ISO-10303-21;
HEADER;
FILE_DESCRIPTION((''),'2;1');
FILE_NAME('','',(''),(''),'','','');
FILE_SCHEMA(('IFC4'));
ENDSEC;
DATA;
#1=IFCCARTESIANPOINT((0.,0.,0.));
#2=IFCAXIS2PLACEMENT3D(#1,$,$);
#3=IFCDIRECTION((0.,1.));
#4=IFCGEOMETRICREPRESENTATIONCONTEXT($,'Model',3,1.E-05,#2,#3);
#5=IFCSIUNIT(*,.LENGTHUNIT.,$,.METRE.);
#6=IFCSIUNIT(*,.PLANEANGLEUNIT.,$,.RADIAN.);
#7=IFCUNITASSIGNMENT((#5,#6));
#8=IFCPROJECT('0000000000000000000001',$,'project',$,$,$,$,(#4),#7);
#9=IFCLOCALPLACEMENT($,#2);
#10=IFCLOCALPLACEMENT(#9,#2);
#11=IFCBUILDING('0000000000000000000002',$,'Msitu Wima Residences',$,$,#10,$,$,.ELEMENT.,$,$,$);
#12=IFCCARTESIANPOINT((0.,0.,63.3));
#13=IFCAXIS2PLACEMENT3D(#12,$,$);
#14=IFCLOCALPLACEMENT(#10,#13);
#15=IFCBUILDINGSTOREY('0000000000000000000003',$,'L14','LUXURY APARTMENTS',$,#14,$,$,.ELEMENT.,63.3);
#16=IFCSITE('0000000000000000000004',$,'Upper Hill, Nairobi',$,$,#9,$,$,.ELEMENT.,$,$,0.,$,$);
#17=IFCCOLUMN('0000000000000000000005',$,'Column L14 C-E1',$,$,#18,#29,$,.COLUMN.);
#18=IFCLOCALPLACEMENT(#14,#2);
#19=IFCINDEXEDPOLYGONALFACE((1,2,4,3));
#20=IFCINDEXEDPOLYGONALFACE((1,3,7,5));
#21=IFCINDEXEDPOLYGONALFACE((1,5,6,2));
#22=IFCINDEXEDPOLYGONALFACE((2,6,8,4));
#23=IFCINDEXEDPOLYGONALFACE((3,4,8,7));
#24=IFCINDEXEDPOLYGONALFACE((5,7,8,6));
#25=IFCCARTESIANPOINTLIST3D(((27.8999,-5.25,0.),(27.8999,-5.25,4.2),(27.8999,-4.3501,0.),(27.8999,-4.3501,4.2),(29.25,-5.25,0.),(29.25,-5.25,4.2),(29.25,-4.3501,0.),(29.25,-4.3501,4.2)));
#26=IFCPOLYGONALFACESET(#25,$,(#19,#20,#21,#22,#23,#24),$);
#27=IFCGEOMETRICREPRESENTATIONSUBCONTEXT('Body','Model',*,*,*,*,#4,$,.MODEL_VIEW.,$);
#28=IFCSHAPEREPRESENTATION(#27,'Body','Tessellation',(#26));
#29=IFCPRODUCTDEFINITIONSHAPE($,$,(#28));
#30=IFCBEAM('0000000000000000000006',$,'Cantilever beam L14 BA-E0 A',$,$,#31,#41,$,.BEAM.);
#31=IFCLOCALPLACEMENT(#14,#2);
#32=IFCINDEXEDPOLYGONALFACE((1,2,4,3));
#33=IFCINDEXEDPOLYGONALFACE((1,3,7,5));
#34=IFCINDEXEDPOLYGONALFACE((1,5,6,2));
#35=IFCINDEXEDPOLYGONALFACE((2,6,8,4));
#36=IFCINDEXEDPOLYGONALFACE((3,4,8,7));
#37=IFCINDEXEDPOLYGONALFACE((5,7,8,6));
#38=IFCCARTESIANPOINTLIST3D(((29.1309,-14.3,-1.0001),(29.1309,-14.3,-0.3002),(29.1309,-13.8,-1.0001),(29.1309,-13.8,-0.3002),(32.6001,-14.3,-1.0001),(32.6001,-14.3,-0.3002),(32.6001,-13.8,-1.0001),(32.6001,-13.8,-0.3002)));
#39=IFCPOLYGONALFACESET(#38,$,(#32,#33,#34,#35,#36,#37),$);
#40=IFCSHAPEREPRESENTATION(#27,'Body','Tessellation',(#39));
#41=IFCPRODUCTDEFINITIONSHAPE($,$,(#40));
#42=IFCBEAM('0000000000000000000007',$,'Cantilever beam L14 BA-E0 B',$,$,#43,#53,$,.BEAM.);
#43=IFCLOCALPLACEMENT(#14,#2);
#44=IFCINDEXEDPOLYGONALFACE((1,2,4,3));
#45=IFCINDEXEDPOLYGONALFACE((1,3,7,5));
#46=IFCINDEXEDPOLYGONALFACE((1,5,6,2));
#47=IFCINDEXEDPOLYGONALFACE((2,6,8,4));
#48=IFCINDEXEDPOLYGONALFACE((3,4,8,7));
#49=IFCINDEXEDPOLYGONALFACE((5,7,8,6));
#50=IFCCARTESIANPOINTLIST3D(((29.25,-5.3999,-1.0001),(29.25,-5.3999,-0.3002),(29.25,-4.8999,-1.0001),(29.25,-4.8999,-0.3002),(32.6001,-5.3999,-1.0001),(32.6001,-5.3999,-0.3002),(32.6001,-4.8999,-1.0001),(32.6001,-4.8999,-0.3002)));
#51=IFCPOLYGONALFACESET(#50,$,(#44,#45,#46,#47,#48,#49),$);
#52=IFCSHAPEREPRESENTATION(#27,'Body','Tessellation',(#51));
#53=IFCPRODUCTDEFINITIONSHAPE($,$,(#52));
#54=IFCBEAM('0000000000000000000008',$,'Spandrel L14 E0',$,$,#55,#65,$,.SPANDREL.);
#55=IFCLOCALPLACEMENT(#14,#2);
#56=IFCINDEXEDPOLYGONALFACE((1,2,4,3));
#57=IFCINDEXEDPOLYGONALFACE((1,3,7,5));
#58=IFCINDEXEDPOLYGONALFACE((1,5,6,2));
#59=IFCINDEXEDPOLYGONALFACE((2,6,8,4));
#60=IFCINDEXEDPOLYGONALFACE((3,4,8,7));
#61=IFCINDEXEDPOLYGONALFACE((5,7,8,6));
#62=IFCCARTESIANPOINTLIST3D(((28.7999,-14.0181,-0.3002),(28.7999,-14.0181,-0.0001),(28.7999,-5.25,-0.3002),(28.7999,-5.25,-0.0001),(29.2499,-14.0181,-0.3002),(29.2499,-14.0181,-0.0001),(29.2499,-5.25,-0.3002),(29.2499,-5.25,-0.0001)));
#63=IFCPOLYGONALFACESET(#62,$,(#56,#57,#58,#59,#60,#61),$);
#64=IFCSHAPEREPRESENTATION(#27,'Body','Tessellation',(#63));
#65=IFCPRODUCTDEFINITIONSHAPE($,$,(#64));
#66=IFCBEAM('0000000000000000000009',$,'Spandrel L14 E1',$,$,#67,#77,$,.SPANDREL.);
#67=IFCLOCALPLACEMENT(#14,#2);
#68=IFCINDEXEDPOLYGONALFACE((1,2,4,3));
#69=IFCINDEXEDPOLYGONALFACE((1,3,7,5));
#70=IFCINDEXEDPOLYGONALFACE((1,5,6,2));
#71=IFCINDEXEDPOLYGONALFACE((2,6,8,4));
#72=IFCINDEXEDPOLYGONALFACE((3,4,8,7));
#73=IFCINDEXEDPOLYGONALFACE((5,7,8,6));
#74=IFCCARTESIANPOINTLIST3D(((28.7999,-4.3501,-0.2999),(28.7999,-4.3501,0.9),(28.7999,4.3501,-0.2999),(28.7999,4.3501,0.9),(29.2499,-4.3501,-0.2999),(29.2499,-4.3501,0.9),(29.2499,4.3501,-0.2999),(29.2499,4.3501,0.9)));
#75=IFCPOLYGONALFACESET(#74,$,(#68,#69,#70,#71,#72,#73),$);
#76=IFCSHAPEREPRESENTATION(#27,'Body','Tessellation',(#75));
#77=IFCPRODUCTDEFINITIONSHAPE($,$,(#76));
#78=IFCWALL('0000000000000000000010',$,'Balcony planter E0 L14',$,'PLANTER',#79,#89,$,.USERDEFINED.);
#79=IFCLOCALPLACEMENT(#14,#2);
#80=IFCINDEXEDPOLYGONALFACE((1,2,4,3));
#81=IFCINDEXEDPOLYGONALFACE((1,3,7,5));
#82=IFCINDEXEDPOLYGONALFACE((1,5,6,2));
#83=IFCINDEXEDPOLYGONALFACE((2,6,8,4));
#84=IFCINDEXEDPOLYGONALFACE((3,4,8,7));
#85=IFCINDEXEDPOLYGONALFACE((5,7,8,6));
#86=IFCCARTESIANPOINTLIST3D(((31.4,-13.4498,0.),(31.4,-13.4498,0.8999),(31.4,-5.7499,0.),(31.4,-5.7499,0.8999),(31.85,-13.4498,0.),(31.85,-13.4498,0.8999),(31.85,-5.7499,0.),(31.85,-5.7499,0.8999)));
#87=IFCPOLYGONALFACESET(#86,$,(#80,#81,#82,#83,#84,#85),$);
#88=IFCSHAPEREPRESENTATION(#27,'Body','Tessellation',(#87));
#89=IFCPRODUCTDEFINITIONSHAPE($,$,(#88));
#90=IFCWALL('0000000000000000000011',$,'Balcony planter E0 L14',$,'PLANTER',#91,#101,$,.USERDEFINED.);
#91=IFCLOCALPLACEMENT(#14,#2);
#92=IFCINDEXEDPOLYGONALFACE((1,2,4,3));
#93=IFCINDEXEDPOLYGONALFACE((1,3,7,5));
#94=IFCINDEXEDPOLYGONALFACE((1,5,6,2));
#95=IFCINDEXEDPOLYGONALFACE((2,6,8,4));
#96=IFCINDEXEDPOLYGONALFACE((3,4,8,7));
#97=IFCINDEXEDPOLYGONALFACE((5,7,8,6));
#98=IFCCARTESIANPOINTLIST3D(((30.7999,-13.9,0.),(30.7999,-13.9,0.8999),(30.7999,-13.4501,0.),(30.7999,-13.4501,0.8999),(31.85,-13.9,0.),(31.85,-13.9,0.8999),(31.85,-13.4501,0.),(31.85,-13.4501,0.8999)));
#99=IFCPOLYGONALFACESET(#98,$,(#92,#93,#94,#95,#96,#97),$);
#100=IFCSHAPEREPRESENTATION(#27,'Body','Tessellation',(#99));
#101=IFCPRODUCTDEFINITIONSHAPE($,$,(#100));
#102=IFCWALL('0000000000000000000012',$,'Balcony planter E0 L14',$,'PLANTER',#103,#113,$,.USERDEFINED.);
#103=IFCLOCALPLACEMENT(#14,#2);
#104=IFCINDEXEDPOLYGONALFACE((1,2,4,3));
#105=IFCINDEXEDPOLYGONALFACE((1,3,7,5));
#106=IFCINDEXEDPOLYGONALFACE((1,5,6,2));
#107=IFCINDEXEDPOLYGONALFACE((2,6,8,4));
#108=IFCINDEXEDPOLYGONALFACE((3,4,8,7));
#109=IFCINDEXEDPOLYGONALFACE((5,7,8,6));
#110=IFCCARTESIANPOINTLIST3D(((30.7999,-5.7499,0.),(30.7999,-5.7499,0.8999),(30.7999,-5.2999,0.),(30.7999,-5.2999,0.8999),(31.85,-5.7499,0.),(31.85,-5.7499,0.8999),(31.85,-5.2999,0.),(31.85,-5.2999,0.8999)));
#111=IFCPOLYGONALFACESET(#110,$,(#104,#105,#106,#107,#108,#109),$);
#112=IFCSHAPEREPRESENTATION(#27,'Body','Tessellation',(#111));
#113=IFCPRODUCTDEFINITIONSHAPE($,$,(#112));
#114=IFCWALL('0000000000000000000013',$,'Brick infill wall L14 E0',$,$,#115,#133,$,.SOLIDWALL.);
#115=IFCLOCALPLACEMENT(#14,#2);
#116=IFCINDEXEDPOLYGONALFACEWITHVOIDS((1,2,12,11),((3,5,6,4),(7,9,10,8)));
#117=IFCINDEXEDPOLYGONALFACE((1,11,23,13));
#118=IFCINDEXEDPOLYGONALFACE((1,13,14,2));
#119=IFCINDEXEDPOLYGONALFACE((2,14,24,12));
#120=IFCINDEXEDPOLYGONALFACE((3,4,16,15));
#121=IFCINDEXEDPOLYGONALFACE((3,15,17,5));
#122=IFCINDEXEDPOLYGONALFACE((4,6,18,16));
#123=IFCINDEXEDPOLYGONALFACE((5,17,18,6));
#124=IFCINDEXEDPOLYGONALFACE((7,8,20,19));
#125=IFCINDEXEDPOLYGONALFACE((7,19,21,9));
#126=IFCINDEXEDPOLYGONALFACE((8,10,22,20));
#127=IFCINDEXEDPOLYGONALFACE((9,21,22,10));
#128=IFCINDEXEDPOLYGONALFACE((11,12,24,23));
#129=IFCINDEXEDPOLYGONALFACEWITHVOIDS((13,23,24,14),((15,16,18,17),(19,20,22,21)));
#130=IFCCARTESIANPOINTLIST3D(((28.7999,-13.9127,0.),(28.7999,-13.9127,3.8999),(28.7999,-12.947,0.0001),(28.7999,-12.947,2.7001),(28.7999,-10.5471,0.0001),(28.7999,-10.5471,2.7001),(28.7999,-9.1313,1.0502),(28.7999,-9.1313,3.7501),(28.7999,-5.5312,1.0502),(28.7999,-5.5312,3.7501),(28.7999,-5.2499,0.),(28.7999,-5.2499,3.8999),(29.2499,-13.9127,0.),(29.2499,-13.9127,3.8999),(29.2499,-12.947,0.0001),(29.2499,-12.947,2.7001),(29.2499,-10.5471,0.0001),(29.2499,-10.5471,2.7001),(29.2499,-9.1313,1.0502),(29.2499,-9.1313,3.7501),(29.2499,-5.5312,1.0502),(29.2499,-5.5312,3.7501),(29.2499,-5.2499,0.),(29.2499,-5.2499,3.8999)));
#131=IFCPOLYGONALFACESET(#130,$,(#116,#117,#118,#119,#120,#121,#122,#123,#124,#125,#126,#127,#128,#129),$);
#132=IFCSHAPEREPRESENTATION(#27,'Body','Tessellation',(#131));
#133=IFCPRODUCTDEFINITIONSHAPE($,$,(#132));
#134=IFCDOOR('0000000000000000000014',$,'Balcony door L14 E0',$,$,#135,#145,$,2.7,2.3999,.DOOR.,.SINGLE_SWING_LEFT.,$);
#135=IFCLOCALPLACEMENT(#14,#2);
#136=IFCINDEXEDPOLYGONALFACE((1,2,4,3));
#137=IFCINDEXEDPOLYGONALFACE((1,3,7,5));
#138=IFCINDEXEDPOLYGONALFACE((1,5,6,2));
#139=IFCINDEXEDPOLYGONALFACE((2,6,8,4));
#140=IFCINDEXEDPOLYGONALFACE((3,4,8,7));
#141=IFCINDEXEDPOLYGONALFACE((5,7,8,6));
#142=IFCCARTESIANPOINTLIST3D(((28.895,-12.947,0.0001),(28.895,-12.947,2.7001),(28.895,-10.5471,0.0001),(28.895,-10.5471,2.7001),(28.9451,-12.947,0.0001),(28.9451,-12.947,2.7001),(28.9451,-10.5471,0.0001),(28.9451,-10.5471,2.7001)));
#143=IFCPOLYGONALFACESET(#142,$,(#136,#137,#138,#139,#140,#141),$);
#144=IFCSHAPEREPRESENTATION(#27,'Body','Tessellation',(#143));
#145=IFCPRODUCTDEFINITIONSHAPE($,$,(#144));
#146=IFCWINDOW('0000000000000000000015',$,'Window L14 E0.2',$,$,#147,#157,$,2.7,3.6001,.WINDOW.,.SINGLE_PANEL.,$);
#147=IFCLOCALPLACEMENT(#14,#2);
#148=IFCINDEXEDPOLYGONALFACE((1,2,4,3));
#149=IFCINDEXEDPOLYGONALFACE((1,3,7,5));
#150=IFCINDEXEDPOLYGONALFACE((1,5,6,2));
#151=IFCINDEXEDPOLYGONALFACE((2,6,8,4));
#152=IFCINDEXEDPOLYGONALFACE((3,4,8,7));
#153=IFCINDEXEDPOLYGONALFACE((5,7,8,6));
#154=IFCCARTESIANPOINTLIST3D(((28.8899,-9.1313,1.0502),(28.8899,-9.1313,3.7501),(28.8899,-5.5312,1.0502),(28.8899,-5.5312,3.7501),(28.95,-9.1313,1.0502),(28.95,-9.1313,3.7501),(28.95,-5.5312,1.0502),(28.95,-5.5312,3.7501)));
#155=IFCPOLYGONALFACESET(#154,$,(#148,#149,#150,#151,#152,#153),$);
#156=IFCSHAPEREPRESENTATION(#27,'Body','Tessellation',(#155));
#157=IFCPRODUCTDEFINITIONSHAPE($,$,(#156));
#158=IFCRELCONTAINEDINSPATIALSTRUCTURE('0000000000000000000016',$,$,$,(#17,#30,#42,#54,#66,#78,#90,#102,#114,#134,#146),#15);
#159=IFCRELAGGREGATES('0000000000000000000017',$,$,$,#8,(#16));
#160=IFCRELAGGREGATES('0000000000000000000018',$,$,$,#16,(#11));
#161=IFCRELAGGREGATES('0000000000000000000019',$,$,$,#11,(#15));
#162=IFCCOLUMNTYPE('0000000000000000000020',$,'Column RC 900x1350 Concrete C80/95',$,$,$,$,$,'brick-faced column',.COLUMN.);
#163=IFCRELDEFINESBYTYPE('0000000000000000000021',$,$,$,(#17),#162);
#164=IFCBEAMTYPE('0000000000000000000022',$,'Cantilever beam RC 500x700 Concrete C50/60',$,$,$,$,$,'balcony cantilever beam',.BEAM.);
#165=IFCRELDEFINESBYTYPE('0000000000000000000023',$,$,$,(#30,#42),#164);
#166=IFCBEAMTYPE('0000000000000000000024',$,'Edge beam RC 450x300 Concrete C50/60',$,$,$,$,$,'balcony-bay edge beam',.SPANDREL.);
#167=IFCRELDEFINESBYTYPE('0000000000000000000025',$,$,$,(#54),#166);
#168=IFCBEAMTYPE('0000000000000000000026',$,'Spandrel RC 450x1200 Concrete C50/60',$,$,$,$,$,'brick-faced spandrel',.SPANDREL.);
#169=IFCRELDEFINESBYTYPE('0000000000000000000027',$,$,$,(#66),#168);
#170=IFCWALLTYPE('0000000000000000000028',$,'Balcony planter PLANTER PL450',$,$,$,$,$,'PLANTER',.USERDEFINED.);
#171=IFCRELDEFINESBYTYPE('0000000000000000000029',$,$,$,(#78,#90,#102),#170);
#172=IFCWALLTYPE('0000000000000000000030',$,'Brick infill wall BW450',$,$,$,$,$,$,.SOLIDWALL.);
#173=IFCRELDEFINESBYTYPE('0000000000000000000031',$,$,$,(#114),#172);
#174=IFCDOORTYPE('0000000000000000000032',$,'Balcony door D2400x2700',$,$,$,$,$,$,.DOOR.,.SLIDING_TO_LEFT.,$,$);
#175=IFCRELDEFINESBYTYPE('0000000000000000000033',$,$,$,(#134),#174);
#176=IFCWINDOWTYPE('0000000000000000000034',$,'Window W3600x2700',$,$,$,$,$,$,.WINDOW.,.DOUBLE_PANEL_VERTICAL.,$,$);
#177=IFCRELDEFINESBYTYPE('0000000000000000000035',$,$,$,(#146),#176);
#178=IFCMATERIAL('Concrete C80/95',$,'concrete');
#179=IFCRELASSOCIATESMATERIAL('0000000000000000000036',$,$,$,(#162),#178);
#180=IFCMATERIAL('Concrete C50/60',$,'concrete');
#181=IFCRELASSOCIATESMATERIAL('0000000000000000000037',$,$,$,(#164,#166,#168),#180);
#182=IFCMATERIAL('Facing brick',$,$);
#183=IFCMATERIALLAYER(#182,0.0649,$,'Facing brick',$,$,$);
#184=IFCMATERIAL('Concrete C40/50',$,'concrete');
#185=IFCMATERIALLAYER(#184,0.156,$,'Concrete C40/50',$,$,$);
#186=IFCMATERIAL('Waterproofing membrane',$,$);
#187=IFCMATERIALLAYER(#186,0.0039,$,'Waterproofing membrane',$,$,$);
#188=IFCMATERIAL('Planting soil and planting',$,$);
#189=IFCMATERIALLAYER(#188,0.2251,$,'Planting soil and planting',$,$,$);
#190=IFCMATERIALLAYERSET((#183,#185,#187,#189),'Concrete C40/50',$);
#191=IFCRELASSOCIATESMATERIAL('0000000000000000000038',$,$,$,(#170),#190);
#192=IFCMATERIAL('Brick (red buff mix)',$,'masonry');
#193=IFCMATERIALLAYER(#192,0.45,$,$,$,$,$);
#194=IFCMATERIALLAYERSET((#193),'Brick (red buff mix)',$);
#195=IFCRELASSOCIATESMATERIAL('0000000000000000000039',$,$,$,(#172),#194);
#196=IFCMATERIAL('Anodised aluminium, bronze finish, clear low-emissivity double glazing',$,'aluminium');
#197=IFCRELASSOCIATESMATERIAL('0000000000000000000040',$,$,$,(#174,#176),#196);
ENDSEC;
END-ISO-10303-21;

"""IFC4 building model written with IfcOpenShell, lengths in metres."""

from ifc_helpers import new_model, si_unit, direction, frame, frame_2d, origin, origin_2d, place, context, subcontext, project, spatial, rectangle, extrude, material, layer, layer_set, material_profile, profile_set, type_object, element, fill, save


model = new_model("IFC4")

# Units and contexts
model_context = context("Model", 3, precision=1e-05, world=origin(), true_north=direction((0.0, 1.0)))
body_context = subcontext(model_context, "Body", "Model", "MODEL_VIEW")
ifc_project = project(units=[si_unit("LENGTHUNIT", "METRE"), si_unit("PLANEANGLEUNIT", "RADIAN")], contexts=[model_context])

# Site, building, storey
site_placement = place(None, origin())
site = spatial("IfcSite", under=ifc_project, at=site_placement, Name="Upper Hill, Nairobi", CompositionType="ELEMENT", RefElevation=0.0)
building_placement = place(site_placement, origin())
building = spatial("IfcBuilding", under=site, at=building_placement, Name="Msitu Wima Residences", CompositionType="ELEMENT")
storey_placement = place(building_placement, frame((0.0, 0.0, 63.3)))
storey = spatial("IfcBuildingStorey", under=building, at=storey_placement, Name="L14", Description="LUXURY APARTMENTS", CompositionType="ELEMENT", Elevation=63.3)

# Column
ifc_material_1 = material(Name="Concrete C80/95", Category="concrete")
ifc_material_profile_1 = material_profile(ifc_material_1, rectangle(XDim=0.8999, YDim=1.3501, at=origin_2d()), Name="RC 900x1350")
ifc_profile_set_1 = profile_set([ifc_material_profile_1], Name="Concrete C80/95")
column_type = type_object("IfcColumnType", Name="Column RC 900x1350 Concrete C80/95", ElementType="brick-faced column", PredefinedType="COLUMN", material=ifc_profile_set_1)
column_placement = place(storey_placement, frame((28.575, -4.8, 0.0), z_axis=(0.0, 0.0, 1.0), x_axis=(0.0, 1.0, 0.0)))
element("IfcColumn", 1, at=column_placement, inside=storey, type_object=column_type, Name="Column L14 C-E1", PredefinedType="COLUMN", context=body_context, shape_type="SweptSolid", body=[
    extrude(rectangle(XDim=0.8999, YDim=1.3501, at=origin_2d()), origin(), (0.0, 0.0, 1.0), 4.2),
])

# Beams
ifc_material_2 = material(Name="Concrete C50/60", Category="concrete")
ifc_material_profile_2 = material_profile(ifc_material_2, rectangle(XDim=0.5, YDim=0.7, at=origin_2d()), Name="RC 500x700")
ifc_profile_set_2 = profile_set([ifc_material_profile_2], Name="Concrete C50/60")
beam_type_1 = type_object("IfcBeamType", Name="Cantilever beam RC 500x700 Concrete C50/60", ElementType="balcony cantilever beam", PredefinedType="BEAM", material=ifc_profile_set_2)
beam_1_placement = place(storey_placement, frame((29.1309, -14.05, -0.6501), z_axis=(1.0, 0.0, 0.0), x_axis=(0.0, 1.0, 0.0)))
element("IfcBeam", 2, at=beam_1_placement, inside=storey, type_object=beam_type_1, Name="Cantilever beam L14 BA-E0 A", PredefinedType="BEAM", context=body_context, shape_type="SweptSolid", body=[
    extrude(rectangle(XDim=0.5, YDim=0.7, at=origin_2d()), origin(), (0.0, 0.0, 1.0), 3.4692),
])
beam_2_placement = place(storey_placement, frame((29.25, -5.1499, -0.6501), z_axis=(1.0, 0.0, 0.0), x_axis=(0.0, 1.0, 0.0)))
element("IfcBeam", 3, at=beam_2_placement, inside=storey, type_object=beam_type_1, Name="Cantilever beam L14 BA-E0 B", PredefinedType="BEAM", context=body_context, shape_type="SweptSolid", body=[
    extrude(rectangle(XDim=0.5, YDim=0.7, at=origin_2d()), origin(), (0.0, 0.0, 1.0), 3.3501),
])
ifc_material_profile_3 = material_profile(ifc_material_2, rectangle(XDim=0.45, YDim=0.3, at=origin_2d()), Name="RC 450x300")
ifc_profile_set_3 = profile_set([ifc_material_profile_3], Name="Concrete C50/60")
beam_type_2 = type_object("IfcBeamType", Name="Edge beam RC 450x300 Concrete C50/60", ElementType="balcony-bay edge beam", PredefinedType="SPANDREL", material=ifc_profile_set_3)
beam_3_placement = place(storey_placement, frame((29.0249, -14.0181, -0.1501), z_axis=(0.0, 1.0, 0.0), x_axis=(-1.0, 0.0, 0.0)))
element("IfcBeam", 4, at=beam_3_placement, inside=storey, type_object=beam_type_2, Name="Spandrel L14 E0", PredefinedType="SPANDREL", context=body_context, shape_type="SweptSolid", body=[
    extrude(rectangle(XDim=0.45, YDim=0.3, at=origin_2d()), origin(), (0.0, 0.0, 1.0), 8.7681),
])
ifc_material_profile_4 = material_profile(ifc_material_2, rectangle(XDim=0.45, YDim=1.2, at=origin_2d()), Name="RC 450x1200")
ifc_profile_set_4 = profile_set([ifc_material_profile_4], Name="Concrete C50/60")
beam_type_3 = type_object("IfcBeamType", Name="Spandrel RC 450x1200 Concrete C50/60", ElementType="brick-faced spandrel", PredefinedType="SPANDREL", material=ifc_profile_set_4)
beam_4_placement = place(storey_placement, frame((29.0249, -4.3501, 0.3), z_axis=(0.0, 1.0, 0.0), x_axis=(-1.0, 0.0, 0.0)))
element("IfcBeam", 5, at=beam_4_placement, inside=storey, type_object=beam_type_3, Name="Spandrel L14 E1", PredefinedType="SPANDREL", context=body_context, shape_type="SweptSolid", body=[
    extrude(rectangle(XDim=0.45, YDim=1.2, at=origin_2d()), origin(), (0.0, 0.0, 1.0), 8.7002),
])

# Walls
ifc_material_3 = material(Name="Facing brick")
ifc_layer_1 = layer(ifc_material_3, 0.0649, Name="Facing brick")
ifc_material_4 = material(Name="Concrete C40/50", Category="concrete")
ifc_layer_2 = layer(ifc_material_4, 0.156, Name="Concrete C40/50")
ifc_material_5 = material(Name="Waterproofing membrane")
ifc_layer_3 = layer(ifc_material_5, 0.0039, Name="Waterproofing membrane")
ifc_material_6 = material(Name="Planting soil and planting")
ifc_layer_4 = layer(ifc_material_6, 0.2251, Name="Planting soil and planting")
ifc_layer_set_1 = layer_set([ifc_layer_1, ifc_layer_2, ifc_layer_3, ifc_layer_4], Name="Concrete C40/50")
wall_type_1 = type_object("IfcWallType", Name="Balcony planter PLANTER PL450", ElementType="PLANTER", PredefinedType="USERDEFINED", material=ifc_layer_set_1)
wall_1_placement = place(storey_placement, frame((31.625, -13.45, 0.0), z_axis=(0.0, 0.0, 1.0), x_axis=(0.0, 1.0, 0.0)))
element("IfcWall", 6, at=wall_1_placement, inside=storey, type_object=wall_type_1, Name="Balcony planter E0 L14", ObjectType="PLANTER", PredefinedType="USERDEFINED", context=body_context, shape_type="SweptSolid", body=[
    extrude(rectangle(XDim=7.7, YDim=0.45, at=frame_2d((3.8501, 0.0))), origin(), (0.0, 0.0, 1.0), 0.8999),
])
for number, where, z_axis, x_axis, name in (
    (7, (30.8, -13.675, 0.0), (0.0, 0.0, 1.0), (1.0, 0.0, 0.0), "Balcony planter E0 L14"),
    (8, (30.8, -5.5249, 0.0), (0.0, 0.0, 1.0), (1.0, 0.0, 0.0), "Balcony planter E0 L14"),
):
    element("IfcWall", number, at=place(storey_placement, frame(where, z_axis=z_axis, x_axis=x_axis)), inside=storey, type_object=wall_type_1, Name=name, ObjectType="PLANTER", PredefinedType="USERDEFINED", context=body_context, shape_type="SweptSolid", body=[
        extrude(rectangle(XDim=1.05, YDim=0.45, at=frame_2d((0.5249, 0.0))), origin(), (0.0, 0.0, 1.0), 0.8999),
    ])

# Wall, openings, door, window
ifc_material_7 = material(Name="Brick (red buff mix)", Category="masonry")
ifc_layer_5 = layer(ifc_material_7, 0.45)
ifc_layer_set_2 = layer_set([ifc_layer_5], Name="Brick (red buff mix)")
wall_type_2 = type_object("IfcWallType", Name="Brick infill wall BW450", PredefinedType="SOLIDWALL", material=ifc_layer_set_2)
wall_2_placement = place(storey_placement, frame((29.0249, -13.9128, 0.0), z_axis=(0.0, 0.0, 1.0), x_axis=(0.0, 1.0, 0.0)))
wall_2 = element("IfcWall", 9, at=wall_2_placement, inside=storey, type_object=wall_type_2, Name="Brick infill wall L14 E0", PredefinedType="SOLIDWALL", context=body_context, shape_type="SweptSolid", body=[
    extrude(rectangle(XDim=8.6628, YDim=0.45, at=frame_2d((4.3315, 0.0))), origin(), (0.0, 0.0, 1.0), 3.8999),
])
opening_1_placement = place(wall_2_placement, frame((0.9658, 0.0, 0.0)))
opening_1 = element("IfcOpeningElement", 10, at=opening_1_placement, cuts=wall_2, PredefinedType="OPENING", context=body_context, shape_type="SweptSolid", body=[
    extrude(rectangle(XDim=2.3999, YDim=2.7, at=frame_2d((1.2, 1.3501))), frame((0.0, 0.2349, 0.0), z_axis=(0.0, -1.0, 0.0), x_axis=(1.0, 0.0, 0.0)), (0.0, 0.0, 1.0), 0.47),
])
opening_2_placement = place(wall_2_placement, frame((4.7815, 0.0, 1.05)))
opening_2 = element("IfcOpeningElement", 11, at=opening_2_placement, cuts=wall_2, PredefinedType="OPENING", context=body_context, shape_type="SweptSolid", body=[
    extrude(rectangle(XDim=3.6001, YDim=2.7, at=frame_2d((1.8, 1.3501))), frame((0.0, 0.2349, 0.0), z_axis=(0.0, -1.0, 0.0), x_axis=(1.0, 0.0, 0.0)), (0.0, 0.0, 1.0), 0.47),
])
ifc_material_8 = material(Name="Anodised aluminium, bronze finish, clear low-emissivity double glazing", Category="aluminium")
door_type = type_object("IfcDoorType", Name="Balcony door D2400x2700", OperationType="SLIDING_TO_LEFT", PredefinedType="DOOR", material=ifc_material_8)
door_placement = place(opening_1_placement, origin())
door = element("IfcDoor", 12, at=door_placement, inside=storey, type_object=door_type, Name="Balcony door L14 E0", OperationType="SINGLE_SWING_LEFT", OverallHeight=2.7, OverallWidth=2.3999, PredefinedType="DOOR", context=body_context, shape_type="SweptSolid", body=[
    extrude(rectangle(XDim=2.3999, YDim=2.7, at=frame_2d((1.2, 1.3501))), frame((0.0, 0.1299, 0.0), z_axis=(0.0, -1.0, 0.0), x_axis=(1.0, 0.0, 0.0)), (0.0, 0.0, 1.0), 0.05),
])
fill(opening_1, door)
window_type = type_object("IfcWindowType", Name="Window W3600x2700", PartitioningType="DOUBLE_PANEL_VERTICAL", PredefinedType="WINDOW", material=ifc_material_8)
window_1_placement = place(opening_2_placement, origin())
window_1 = element("IfcWindow", 13, at=window_1_placement, inside=storey, type_object=window_type, Name="Window L14 E0.2", OverallHeight=2.7, OverallWidth=3.6001, PartitioningType="SINGLE_PANEL", PredefinedType="WINDOW", context=body_context, shape_type="SweptSolid", body=[
    extrude(rectangle(XDim=3.6001, YDim=2.7, at=frame_2d((1.8, 1.3501))), frame((0.0, 0.135, 0.0), z_axis=(0.0, -1.0, 0.0), x_axis=(1.0, 0.0, 0.0)), (0.0, 0.0, 1.0), 0.0601),
])
fill(opening_2, window_1)

save(model, "model.ifc")
